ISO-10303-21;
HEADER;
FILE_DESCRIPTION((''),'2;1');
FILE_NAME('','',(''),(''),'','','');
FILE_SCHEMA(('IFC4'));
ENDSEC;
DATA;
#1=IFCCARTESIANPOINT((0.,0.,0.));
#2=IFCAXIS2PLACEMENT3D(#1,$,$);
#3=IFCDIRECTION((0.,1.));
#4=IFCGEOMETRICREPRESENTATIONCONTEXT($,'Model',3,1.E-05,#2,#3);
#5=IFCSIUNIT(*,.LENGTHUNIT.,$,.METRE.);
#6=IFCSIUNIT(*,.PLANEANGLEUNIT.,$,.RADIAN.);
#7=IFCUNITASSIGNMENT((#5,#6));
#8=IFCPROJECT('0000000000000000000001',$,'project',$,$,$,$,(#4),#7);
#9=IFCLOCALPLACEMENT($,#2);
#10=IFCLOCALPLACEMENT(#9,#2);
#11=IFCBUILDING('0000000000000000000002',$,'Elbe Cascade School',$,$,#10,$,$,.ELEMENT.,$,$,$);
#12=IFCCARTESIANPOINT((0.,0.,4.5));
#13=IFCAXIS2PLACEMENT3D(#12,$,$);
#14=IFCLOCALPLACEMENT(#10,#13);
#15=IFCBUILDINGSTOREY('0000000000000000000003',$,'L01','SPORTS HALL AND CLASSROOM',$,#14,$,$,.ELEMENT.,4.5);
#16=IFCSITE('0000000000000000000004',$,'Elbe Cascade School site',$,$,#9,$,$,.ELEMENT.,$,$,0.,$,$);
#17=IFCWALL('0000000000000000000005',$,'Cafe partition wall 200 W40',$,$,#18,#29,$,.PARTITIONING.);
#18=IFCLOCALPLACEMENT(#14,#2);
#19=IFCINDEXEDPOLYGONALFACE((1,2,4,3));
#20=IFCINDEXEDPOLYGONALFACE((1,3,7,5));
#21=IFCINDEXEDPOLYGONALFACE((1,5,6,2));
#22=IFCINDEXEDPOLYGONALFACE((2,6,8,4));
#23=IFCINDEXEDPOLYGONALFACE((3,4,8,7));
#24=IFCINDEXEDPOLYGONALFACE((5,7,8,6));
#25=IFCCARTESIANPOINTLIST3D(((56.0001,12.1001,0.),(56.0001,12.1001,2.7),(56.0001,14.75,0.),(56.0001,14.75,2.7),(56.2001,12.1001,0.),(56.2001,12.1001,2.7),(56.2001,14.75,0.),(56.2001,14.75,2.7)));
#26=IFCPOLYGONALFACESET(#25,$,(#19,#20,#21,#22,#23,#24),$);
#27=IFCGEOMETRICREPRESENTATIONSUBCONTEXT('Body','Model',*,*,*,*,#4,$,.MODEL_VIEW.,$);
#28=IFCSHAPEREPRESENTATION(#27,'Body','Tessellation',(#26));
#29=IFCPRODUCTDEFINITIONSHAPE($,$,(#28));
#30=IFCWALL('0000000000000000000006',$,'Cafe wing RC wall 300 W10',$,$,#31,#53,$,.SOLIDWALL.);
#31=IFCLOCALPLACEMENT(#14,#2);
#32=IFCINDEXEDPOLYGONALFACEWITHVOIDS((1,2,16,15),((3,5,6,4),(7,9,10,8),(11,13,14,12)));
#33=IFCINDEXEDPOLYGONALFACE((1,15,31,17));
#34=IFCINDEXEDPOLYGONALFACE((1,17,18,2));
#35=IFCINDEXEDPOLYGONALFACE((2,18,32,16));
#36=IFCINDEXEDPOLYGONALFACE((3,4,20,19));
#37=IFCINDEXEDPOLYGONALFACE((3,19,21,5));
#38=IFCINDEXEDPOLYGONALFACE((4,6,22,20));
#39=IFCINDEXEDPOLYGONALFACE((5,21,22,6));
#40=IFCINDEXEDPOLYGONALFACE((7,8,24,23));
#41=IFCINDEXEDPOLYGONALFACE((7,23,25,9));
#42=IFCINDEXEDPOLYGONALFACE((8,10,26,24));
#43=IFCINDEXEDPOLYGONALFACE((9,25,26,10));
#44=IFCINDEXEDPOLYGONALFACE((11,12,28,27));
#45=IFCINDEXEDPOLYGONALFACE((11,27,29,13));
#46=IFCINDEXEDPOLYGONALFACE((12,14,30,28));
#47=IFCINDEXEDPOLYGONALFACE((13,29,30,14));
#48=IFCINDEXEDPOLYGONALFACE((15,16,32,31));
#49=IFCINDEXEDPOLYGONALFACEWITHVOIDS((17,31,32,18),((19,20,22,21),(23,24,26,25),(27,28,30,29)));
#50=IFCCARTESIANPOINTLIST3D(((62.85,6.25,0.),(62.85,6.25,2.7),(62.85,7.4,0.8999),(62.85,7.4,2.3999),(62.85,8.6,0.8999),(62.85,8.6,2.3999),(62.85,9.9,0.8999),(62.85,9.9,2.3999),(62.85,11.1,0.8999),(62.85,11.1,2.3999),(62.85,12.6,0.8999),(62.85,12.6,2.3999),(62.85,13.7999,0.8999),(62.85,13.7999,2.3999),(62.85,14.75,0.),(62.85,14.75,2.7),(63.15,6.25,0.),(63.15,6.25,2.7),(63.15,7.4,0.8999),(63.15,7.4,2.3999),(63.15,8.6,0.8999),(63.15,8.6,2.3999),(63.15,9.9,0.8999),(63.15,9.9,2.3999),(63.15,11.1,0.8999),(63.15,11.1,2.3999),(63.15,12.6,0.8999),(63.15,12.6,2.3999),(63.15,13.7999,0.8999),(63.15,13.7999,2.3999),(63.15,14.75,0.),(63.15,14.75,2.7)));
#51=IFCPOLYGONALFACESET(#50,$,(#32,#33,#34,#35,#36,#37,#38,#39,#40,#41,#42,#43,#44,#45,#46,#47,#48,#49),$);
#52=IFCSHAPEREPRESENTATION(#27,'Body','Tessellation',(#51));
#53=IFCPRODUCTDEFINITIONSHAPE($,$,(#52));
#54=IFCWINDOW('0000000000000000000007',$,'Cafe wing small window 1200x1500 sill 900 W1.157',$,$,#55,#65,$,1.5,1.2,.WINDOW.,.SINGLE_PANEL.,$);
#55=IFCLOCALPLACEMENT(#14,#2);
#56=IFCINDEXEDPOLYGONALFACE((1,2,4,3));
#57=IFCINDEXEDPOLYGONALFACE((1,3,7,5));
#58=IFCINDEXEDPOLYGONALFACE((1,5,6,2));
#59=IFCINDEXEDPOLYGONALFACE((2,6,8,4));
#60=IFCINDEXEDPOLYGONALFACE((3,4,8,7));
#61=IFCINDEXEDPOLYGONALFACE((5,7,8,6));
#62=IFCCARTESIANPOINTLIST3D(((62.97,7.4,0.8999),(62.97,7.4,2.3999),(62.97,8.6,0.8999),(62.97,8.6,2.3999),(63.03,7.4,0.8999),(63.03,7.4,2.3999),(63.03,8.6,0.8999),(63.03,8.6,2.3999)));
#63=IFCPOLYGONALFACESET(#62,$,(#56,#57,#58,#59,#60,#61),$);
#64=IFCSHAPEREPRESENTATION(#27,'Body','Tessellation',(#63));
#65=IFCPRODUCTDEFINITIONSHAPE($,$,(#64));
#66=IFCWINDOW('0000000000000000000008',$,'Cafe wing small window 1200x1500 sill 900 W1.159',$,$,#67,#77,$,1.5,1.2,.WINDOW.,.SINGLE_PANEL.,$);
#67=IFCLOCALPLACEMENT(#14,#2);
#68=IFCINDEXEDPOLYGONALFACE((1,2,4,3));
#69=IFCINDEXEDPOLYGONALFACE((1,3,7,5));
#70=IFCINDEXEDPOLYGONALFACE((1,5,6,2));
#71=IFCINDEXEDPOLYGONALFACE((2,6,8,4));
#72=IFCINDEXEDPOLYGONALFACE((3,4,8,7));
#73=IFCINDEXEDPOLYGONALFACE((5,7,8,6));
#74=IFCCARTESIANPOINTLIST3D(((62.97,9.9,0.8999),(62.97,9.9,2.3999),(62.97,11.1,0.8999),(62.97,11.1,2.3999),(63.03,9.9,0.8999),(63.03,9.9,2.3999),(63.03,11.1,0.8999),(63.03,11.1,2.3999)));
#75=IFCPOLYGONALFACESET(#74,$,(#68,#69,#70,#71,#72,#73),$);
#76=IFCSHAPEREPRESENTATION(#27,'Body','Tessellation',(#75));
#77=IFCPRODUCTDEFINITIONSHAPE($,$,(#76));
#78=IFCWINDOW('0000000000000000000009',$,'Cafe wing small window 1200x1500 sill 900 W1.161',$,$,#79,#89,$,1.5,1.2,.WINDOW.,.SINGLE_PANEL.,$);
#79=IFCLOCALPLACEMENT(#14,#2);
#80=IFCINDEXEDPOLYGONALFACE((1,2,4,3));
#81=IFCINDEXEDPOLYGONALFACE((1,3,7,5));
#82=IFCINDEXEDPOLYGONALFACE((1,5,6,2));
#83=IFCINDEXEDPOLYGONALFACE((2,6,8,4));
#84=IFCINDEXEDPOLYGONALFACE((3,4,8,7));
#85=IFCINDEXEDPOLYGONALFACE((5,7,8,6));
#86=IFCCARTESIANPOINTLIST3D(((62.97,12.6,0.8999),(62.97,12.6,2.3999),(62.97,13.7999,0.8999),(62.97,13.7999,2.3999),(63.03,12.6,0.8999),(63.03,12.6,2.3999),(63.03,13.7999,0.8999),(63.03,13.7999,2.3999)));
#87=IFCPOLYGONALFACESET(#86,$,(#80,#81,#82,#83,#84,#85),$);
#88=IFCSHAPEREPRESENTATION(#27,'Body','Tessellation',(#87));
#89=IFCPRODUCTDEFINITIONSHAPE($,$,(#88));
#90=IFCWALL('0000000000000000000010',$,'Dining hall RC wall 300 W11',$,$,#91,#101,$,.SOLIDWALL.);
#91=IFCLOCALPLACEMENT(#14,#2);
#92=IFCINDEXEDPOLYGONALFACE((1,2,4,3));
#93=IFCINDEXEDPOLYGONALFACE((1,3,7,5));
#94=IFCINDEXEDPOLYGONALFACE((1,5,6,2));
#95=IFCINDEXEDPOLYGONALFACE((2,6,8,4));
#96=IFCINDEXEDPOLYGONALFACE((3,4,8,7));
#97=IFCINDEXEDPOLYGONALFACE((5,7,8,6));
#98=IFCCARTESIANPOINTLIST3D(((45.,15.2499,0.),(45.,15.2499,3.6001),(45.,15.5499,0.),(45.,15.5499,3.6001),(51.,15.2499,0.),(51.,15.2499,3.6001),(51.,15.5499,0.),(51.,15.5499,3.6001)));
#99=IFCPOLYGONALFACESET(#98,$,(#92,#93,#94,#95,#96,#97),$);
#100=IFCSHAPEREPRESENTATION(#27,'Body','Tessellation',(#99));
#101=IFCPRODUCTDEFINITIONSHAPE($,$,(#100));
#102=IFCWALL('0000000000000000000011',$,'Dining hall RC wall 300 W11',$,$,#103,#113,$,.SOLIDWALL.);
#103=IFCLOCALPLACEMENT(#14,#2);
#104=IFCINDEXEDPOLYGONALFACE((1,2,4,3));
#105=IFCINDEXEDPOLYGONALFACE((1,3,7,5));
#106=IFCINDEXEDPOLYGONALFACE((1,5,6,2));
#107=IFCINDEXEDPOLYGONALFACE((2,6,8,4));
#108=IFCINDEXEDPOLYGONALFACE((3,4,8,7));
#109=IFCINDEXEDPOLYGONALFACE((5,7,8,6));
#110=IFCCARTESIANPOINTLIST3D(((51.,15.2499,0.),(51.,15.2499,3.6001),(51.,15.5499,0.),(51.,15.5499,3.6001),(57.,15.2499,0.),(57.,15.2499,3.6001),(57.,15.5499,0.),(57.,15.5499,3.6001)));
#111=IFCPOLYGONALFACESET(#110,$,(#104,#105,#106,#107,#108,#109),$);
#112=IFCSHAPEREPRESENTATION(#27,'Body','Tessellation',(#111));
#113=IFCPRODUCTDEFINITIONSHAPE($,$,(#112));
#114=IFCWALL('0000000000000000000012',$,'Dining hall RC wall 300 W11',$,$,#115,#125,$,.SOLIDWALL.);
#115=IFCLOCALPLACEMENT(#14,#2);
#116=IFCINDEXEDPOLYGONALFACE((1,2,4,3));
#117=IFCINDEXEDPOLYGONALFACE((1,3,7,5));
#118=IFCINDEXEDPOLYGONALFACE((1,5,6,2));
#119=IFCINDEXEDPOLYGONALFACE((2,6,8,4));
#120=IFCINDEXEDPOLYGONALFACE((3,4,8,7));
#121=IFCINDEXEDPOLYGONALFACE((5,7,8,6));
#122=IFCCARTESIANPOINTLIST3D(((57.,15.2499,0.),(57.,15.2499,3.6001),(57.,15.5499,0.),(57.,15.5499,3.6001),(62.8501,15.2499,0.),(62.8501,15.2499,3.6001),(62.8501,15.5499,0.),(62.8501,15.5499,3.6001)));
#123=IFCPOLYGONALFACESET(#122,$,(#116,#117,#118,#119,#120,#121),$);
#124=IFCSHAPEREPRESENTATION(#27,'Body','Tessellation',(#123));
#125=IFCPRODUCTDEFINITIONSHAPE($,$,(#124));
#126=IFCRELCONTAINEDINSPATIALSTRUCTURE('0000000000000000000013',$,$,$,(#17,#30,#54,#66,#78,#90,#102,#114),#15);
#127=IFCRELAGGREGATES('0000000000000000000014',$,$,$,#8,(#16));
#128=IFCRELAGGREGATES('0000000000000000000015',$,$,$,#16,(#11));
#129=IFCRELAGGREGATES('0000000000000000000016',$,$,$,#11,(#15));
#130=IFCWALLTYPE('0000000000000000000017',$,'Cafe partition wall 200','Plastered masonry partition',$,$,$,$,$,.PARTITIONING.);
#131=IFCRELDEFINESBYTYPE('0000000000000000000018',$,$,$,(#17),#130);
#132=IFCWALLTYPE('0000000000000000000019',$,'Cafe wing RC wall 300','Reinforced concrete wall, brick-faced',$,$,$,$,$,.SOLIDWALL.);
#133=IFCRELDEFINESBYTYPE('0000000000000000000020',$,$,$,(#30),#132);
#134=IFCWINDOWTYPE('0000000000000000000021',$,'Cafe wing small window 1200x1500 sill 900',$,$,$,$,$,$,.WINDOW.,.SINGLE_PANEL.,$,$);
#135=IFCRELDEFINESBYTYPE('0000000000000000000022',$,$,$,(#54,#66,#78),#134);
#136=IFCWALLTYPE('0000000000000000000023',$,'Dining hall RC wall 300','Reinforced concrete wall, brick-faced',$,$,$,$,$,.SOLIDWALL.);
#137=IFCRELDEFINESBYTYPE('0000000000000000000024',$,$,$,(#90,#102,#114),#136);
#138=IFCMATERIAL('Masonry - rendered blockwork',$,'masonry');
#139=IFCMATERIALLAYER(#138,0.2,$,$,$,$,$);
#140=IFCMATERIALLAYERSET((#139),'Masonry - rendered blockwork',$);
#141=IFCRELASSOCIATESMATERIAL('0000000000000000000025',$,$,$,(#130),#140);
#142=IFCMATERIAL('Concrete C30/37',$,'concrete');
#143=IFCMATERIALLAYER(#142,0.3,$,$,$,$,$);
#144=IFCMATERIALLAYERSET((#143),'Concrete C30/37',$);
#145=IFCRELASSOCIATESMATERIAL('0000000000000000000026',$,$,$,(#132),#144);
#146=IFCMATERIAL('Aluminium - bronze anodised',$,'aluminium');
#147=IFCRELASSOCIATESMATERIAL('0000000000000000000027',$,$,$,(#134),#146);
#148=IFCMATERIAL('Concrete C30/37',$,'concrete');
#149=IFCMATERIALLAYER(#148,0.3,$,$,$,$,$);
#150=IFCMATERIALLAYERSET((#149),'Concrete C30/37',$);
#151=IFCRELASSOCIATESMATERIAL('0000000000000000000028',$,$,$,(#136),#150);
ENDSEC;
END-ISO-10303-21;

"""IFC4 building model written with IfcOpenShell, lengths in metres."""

from ifc_helpers import new_model, si_unit, direction, frame, frame_2d, origin, place, context, subcontext, project, spatial, rectangle, extrude, material, layer, layer_set, type_object, element, fill, save


model = new_model("IFC4")

# Units and contexts
model_context = context("Model", 3, precision=1e-05, world=origin(), true_north=direction((0.0, 1.0)))
body_context = subcontext(model_context, "Body", "Model", "MODEL_VIEW")
ifc_project = project(units=[si_unit("LENGTHUNIT", "METRE"), si_unit("PLANEANGLEUNIT", "RADIAN")], contexts=[model_context])

# Site, building, storey
site_placement = place(None, origin())
site = spatial("IfcSite", under=ifc_project, at=site_placement, Name="Elbe Cascade School site", CompositionType="ELEMENT", RefElevation=0.0)
building_placement = place(site_placement, origin())
building = spatial("IfcBuilding", under=site, at=building_placement, Name="Elbe Cascade School", CompositionType="ELEMENT")
storey_placement = place(building_placement, frame((0.0, 0.0, 4.5)))
storey = spatial("IfcBuildingStorey", under=building, at=storey_placement, Name="L01", Description="SPORTS HALL AND CLASSROOM", CompositionType="ELEMENT", Elevation=4.5)

# Wall
ifc_material_1 = material(Name="Masonry - rendered blockwork", Category="masonry")
ifc_layer_1 = layer(ifc_material_1, 0.2)
ifc_layer_set_1 = layer_set([ifc_layer_1], Name="Masonry - rendered blockwork")
wall_type_1 = type_object("IfcWallType", Name="Cafe partition wall 200", Description="Plastered masonry partition", PredefinedType="PARTITIONING", material=ifc_layer_set_1)
wall_1_placement = place(storey_placement, frame((56.1001, 12.1001, 0.0), z_axis=(0.0, 0.0, 1.0), x_axis=(0.0, 1.0, 0.0)))
element("IfcWall", 1, at=wall_1_placement, inside=storey, type_object=wall_type_1, Name="Cafe partition wall 200 W40", PredefinedType="PARTITIONING", context=body_context, shape_type="SweptSolid", body=[
    extrude(rectangle(XDim=2.6499, YDim=0.2, at=frame_2d((1.325, 0.0))), origin(), (0.0, 0.0, 1.0), 2.7),
])

# Wall, openings, windows
ifc_material_2 = material(Name="Concrete C30/37", Category="concrete")
ifc_layer_2 = layer(ifc_material_2, 0.3)
ifc_layer_set_2 = layer_set([ifc_layer_2], Name="Concrete C30/37")
wall_type_2 = type_object("IfcWallType", Name="Cafe wing RC wall 300", Description="Reinforced concrete wall, brick-faced", PredefinedType="SOLIDWALL", material=ifc_layer_set_2)
wall_2_placement = place(storey_placement, frame((63.0, 14.75, 0.0), z_axis=(0.0, 0.0, 1.0), x_axis=(0.0, -1.0, 0.0)))
wall_2 = element("IfcWall", 2, at=wall_2_placement, inside=storey, type_object=wall_type_2, Name="Cafe wing RC wall 300 W10", PredefinedType="SOLIDWALL", context=body_context, shape_type="SweptSolid", body=[
    extrude(rectangle(XDim=8.5, YDim=0.3, at=frame_2d((4.25, 0.0))), origin(), (0.0, 0.0, 1.0), 2.7),
])
opening_1_placement = place(wall_2_placement, frame((6.1499, 0.0, 0.8999)))
opening_1 = element("IfcOpeningElement", 3, at=opening_1_placement, cuts=wall_2, PredefinedType="OPENING", context=body_context, shape_type="SweptSolid", body=[
    extrude(rectangle(XDim=1.2, YDim=1.5, at=frame_2d((0.6001, 0.75))), frame((0.0, 0.1599, 0.0), z_axis=(0.0, -1.0, 0.0), x_axis=(1.0, 0.0, 0.0)), (0.0, 0.0, 1.0), 0.3201),
])
opening_2_placement = place(wall_2_placement, frame((3.6499, 0.0, 0.8999)))
opening_2 = element("IfcOpeningElement", 4, at=opening_2_placement, cuts=wall_2, PredefinedType="OPENING", context=body_context, shape_type="SweptSolid", body=[
    extrude(rectangle(XDim=1.2, YDim=1.5, at=frame_2d((0.6001, 0.75))), frame((0.0, 0.1599, 0.0), z_axis=(0.0, -1.0, 0.0), x_axis=(1.0, 0.0, 0.0)), (0.0, 0.0, 1.0), 0.3201),
])
opening_3_placement = place(wall_2_placement, frame((0.95, 0.0, 0.8999)))
opening_3 = element("IfcOpeningElement", 5, at=opening_3_placement, cuts=wall_2, PredefinedType="OPENING", context=body_context, shape_type="SweptSolid", body=[
    extrude(rectangle(XDim=1.2, YDim=1.5, at=frame_2d((0.6001, 0.75))), frame((0.0, 0.1599, 0.0), z_axis=(0.0, -1.0, 0.0), x_axis=(1.0, 0.0, 0.0)), (0.0, 0.0, 1.0), 0.3201),
])
ifc_material_3 = material(Name="Aluminium - bronze anodised", Category="aluminium")
window_type = type_object("IfcWindowType", Name="Cafe wing small window 1200x1500 sill 900", PartitioningType="SINGLE_PANEL", PredefinedType="WINDOW", material=ifc_material_3)
window_1_placement = place(opening_1_placement, origin())
window_1 = element("IfcWindow", 6, at=window_1_placement, inside=storey, type_object=window_type, Name="Cafe wing small window 1200x1500 sill 900 W1.157", OverallHeight=1.5, OverallWidth=1.2, PartitioningType="SINGLE_PANEL", PredefinedType="WINDOW", context=body_context, shape_type="SweptSolid", body=[
    extrude(rectangle(XDim=1.2, YDim=1.5, at=frame_2d((0.6001, 0.75))), frame((0.0, 0.03, 0.0), z_axis=(0.0, -1.0, 0.0), x_axis=(1.0, 0.0, 0.0)), (0.0, 0.0, 1.0), 0.0601),
])
fill(opening_1, window_1)
window_2_placement = place(opening_2_placement, origin())
window_2 = element("IfcWindow", 7, at=window_2_placement, inside=storey, type_object=window_type, Name="Cafe wing small window 1200x1500 sill 900 W1.159", OverallHeight=1.5, OverallWidth=1.2, PartitioningType="SINGLE_PANEL", PredefinedType="WINDOW", context=body_context, shape_type="SweptSolid", body=[
    extrude(rectangle(XDim=1.2, YDim=1.5, at=frame_2d((0.6001, 0.75))), frame((0.0, 0.03, 0.0), z_axis=(0.0, -1.0, 0.0), x_axis=(1.0, 0.0, 0.0)), (0.0, 0.0, 1.0), 0.0601),
])
fill(opening_2, window_2)
window_3_placement = place(opening_3_placement, origin())
window_3 = element("IfcWindow", 8, at=window_3_placement, inside=storey, type_object=window_type, Name="Cafe wing small window 1200x1500 sill 900 W1.161", OverallHeight=1.5, OverallWidth=1.2, PartitioningType="SINGLE_PANEL", PredefinedType="WINDOW", context=body_context, shape_type="SweptSolid", body=[
    extrude(rectangle(XDim=1.2, YDim=1.5, at=frame_2d((0.6001, 0.75))), frame((0.0, 0.03, 0.0), z_axis=(0.0, -1.0, 0.0), x_axis=(1.0, 0.0, 0.0)), (0.0, 0.0, 1.0), 0.0601),
])
fill(opening_3, window_3)

# Walls
ifc_material_4 = material(Name="Concrete C30/37", Category="concrete")
ifc_layer_3 = layer(ifc_material_4, 0.3)
ifc_layer_set_3 = layer_set([ifc_layer_3], Name="Concrete C30/37")
wall_type_3 = type_object("IfcWallType", Name="Dining hall RC wall 300", Description="Reinforced concrete wall, brick-faced", PredefinedType="SOLIDWALL", material=ifc_layer_set_3)
for number, where, z_axis, x_axis, name in (
    (9, (51.0, 15.3999, 0.0), (0.0, 0.0, 1.0), (-1.0, 0.0, 0.0), "Dining hall RC wall 300 W11"),
    (10, (57.0, 15.3999, 0.0), (0.0, 0.0, 1.0), (-1.0, 0.0, 0.0), "Dining hall RC wall 300 W11"),
):
    element("IfcWall", number, at=place(storey_placement, frame(where, z_axis=z_axis, x_axis=x_axis)), inside=storey, type_object=wall_type_3, Name=name, PredefinedType="SOLIDWALL", context=body_context, shape_type="SweptSolid", body=[
        extrude(rectangle(XDim=6.0, YDim=0.3, at=frame_2d((3.0, 0.0))), origin(), (0.0, 0.0, 1.0), 3.6001),
    ])
wall_3_placement = place(storey_placement, frame((62.8501, 15.3999, 0.0), z_axis=(0.0, 0.0, 1.0), x_axis=(-1.0, 0.0, 0.0)))
element("IfcWall", 11, at=wall_3_placement, inside=storey, type_object=wall_type_3, Name="Dining hall RC wall 300 W11", PredefinedType="SOLIDWALL", context=body_context, shape_type="SweptSolid", body=[
    extrude(rectangle(XDim=5.8501, YDim=0.3, at=frame_2d((2.925, 0.0))), origin(), (0.0, 0.0, 1.0), 3.6001),
])

save(model, "model.ifc")
